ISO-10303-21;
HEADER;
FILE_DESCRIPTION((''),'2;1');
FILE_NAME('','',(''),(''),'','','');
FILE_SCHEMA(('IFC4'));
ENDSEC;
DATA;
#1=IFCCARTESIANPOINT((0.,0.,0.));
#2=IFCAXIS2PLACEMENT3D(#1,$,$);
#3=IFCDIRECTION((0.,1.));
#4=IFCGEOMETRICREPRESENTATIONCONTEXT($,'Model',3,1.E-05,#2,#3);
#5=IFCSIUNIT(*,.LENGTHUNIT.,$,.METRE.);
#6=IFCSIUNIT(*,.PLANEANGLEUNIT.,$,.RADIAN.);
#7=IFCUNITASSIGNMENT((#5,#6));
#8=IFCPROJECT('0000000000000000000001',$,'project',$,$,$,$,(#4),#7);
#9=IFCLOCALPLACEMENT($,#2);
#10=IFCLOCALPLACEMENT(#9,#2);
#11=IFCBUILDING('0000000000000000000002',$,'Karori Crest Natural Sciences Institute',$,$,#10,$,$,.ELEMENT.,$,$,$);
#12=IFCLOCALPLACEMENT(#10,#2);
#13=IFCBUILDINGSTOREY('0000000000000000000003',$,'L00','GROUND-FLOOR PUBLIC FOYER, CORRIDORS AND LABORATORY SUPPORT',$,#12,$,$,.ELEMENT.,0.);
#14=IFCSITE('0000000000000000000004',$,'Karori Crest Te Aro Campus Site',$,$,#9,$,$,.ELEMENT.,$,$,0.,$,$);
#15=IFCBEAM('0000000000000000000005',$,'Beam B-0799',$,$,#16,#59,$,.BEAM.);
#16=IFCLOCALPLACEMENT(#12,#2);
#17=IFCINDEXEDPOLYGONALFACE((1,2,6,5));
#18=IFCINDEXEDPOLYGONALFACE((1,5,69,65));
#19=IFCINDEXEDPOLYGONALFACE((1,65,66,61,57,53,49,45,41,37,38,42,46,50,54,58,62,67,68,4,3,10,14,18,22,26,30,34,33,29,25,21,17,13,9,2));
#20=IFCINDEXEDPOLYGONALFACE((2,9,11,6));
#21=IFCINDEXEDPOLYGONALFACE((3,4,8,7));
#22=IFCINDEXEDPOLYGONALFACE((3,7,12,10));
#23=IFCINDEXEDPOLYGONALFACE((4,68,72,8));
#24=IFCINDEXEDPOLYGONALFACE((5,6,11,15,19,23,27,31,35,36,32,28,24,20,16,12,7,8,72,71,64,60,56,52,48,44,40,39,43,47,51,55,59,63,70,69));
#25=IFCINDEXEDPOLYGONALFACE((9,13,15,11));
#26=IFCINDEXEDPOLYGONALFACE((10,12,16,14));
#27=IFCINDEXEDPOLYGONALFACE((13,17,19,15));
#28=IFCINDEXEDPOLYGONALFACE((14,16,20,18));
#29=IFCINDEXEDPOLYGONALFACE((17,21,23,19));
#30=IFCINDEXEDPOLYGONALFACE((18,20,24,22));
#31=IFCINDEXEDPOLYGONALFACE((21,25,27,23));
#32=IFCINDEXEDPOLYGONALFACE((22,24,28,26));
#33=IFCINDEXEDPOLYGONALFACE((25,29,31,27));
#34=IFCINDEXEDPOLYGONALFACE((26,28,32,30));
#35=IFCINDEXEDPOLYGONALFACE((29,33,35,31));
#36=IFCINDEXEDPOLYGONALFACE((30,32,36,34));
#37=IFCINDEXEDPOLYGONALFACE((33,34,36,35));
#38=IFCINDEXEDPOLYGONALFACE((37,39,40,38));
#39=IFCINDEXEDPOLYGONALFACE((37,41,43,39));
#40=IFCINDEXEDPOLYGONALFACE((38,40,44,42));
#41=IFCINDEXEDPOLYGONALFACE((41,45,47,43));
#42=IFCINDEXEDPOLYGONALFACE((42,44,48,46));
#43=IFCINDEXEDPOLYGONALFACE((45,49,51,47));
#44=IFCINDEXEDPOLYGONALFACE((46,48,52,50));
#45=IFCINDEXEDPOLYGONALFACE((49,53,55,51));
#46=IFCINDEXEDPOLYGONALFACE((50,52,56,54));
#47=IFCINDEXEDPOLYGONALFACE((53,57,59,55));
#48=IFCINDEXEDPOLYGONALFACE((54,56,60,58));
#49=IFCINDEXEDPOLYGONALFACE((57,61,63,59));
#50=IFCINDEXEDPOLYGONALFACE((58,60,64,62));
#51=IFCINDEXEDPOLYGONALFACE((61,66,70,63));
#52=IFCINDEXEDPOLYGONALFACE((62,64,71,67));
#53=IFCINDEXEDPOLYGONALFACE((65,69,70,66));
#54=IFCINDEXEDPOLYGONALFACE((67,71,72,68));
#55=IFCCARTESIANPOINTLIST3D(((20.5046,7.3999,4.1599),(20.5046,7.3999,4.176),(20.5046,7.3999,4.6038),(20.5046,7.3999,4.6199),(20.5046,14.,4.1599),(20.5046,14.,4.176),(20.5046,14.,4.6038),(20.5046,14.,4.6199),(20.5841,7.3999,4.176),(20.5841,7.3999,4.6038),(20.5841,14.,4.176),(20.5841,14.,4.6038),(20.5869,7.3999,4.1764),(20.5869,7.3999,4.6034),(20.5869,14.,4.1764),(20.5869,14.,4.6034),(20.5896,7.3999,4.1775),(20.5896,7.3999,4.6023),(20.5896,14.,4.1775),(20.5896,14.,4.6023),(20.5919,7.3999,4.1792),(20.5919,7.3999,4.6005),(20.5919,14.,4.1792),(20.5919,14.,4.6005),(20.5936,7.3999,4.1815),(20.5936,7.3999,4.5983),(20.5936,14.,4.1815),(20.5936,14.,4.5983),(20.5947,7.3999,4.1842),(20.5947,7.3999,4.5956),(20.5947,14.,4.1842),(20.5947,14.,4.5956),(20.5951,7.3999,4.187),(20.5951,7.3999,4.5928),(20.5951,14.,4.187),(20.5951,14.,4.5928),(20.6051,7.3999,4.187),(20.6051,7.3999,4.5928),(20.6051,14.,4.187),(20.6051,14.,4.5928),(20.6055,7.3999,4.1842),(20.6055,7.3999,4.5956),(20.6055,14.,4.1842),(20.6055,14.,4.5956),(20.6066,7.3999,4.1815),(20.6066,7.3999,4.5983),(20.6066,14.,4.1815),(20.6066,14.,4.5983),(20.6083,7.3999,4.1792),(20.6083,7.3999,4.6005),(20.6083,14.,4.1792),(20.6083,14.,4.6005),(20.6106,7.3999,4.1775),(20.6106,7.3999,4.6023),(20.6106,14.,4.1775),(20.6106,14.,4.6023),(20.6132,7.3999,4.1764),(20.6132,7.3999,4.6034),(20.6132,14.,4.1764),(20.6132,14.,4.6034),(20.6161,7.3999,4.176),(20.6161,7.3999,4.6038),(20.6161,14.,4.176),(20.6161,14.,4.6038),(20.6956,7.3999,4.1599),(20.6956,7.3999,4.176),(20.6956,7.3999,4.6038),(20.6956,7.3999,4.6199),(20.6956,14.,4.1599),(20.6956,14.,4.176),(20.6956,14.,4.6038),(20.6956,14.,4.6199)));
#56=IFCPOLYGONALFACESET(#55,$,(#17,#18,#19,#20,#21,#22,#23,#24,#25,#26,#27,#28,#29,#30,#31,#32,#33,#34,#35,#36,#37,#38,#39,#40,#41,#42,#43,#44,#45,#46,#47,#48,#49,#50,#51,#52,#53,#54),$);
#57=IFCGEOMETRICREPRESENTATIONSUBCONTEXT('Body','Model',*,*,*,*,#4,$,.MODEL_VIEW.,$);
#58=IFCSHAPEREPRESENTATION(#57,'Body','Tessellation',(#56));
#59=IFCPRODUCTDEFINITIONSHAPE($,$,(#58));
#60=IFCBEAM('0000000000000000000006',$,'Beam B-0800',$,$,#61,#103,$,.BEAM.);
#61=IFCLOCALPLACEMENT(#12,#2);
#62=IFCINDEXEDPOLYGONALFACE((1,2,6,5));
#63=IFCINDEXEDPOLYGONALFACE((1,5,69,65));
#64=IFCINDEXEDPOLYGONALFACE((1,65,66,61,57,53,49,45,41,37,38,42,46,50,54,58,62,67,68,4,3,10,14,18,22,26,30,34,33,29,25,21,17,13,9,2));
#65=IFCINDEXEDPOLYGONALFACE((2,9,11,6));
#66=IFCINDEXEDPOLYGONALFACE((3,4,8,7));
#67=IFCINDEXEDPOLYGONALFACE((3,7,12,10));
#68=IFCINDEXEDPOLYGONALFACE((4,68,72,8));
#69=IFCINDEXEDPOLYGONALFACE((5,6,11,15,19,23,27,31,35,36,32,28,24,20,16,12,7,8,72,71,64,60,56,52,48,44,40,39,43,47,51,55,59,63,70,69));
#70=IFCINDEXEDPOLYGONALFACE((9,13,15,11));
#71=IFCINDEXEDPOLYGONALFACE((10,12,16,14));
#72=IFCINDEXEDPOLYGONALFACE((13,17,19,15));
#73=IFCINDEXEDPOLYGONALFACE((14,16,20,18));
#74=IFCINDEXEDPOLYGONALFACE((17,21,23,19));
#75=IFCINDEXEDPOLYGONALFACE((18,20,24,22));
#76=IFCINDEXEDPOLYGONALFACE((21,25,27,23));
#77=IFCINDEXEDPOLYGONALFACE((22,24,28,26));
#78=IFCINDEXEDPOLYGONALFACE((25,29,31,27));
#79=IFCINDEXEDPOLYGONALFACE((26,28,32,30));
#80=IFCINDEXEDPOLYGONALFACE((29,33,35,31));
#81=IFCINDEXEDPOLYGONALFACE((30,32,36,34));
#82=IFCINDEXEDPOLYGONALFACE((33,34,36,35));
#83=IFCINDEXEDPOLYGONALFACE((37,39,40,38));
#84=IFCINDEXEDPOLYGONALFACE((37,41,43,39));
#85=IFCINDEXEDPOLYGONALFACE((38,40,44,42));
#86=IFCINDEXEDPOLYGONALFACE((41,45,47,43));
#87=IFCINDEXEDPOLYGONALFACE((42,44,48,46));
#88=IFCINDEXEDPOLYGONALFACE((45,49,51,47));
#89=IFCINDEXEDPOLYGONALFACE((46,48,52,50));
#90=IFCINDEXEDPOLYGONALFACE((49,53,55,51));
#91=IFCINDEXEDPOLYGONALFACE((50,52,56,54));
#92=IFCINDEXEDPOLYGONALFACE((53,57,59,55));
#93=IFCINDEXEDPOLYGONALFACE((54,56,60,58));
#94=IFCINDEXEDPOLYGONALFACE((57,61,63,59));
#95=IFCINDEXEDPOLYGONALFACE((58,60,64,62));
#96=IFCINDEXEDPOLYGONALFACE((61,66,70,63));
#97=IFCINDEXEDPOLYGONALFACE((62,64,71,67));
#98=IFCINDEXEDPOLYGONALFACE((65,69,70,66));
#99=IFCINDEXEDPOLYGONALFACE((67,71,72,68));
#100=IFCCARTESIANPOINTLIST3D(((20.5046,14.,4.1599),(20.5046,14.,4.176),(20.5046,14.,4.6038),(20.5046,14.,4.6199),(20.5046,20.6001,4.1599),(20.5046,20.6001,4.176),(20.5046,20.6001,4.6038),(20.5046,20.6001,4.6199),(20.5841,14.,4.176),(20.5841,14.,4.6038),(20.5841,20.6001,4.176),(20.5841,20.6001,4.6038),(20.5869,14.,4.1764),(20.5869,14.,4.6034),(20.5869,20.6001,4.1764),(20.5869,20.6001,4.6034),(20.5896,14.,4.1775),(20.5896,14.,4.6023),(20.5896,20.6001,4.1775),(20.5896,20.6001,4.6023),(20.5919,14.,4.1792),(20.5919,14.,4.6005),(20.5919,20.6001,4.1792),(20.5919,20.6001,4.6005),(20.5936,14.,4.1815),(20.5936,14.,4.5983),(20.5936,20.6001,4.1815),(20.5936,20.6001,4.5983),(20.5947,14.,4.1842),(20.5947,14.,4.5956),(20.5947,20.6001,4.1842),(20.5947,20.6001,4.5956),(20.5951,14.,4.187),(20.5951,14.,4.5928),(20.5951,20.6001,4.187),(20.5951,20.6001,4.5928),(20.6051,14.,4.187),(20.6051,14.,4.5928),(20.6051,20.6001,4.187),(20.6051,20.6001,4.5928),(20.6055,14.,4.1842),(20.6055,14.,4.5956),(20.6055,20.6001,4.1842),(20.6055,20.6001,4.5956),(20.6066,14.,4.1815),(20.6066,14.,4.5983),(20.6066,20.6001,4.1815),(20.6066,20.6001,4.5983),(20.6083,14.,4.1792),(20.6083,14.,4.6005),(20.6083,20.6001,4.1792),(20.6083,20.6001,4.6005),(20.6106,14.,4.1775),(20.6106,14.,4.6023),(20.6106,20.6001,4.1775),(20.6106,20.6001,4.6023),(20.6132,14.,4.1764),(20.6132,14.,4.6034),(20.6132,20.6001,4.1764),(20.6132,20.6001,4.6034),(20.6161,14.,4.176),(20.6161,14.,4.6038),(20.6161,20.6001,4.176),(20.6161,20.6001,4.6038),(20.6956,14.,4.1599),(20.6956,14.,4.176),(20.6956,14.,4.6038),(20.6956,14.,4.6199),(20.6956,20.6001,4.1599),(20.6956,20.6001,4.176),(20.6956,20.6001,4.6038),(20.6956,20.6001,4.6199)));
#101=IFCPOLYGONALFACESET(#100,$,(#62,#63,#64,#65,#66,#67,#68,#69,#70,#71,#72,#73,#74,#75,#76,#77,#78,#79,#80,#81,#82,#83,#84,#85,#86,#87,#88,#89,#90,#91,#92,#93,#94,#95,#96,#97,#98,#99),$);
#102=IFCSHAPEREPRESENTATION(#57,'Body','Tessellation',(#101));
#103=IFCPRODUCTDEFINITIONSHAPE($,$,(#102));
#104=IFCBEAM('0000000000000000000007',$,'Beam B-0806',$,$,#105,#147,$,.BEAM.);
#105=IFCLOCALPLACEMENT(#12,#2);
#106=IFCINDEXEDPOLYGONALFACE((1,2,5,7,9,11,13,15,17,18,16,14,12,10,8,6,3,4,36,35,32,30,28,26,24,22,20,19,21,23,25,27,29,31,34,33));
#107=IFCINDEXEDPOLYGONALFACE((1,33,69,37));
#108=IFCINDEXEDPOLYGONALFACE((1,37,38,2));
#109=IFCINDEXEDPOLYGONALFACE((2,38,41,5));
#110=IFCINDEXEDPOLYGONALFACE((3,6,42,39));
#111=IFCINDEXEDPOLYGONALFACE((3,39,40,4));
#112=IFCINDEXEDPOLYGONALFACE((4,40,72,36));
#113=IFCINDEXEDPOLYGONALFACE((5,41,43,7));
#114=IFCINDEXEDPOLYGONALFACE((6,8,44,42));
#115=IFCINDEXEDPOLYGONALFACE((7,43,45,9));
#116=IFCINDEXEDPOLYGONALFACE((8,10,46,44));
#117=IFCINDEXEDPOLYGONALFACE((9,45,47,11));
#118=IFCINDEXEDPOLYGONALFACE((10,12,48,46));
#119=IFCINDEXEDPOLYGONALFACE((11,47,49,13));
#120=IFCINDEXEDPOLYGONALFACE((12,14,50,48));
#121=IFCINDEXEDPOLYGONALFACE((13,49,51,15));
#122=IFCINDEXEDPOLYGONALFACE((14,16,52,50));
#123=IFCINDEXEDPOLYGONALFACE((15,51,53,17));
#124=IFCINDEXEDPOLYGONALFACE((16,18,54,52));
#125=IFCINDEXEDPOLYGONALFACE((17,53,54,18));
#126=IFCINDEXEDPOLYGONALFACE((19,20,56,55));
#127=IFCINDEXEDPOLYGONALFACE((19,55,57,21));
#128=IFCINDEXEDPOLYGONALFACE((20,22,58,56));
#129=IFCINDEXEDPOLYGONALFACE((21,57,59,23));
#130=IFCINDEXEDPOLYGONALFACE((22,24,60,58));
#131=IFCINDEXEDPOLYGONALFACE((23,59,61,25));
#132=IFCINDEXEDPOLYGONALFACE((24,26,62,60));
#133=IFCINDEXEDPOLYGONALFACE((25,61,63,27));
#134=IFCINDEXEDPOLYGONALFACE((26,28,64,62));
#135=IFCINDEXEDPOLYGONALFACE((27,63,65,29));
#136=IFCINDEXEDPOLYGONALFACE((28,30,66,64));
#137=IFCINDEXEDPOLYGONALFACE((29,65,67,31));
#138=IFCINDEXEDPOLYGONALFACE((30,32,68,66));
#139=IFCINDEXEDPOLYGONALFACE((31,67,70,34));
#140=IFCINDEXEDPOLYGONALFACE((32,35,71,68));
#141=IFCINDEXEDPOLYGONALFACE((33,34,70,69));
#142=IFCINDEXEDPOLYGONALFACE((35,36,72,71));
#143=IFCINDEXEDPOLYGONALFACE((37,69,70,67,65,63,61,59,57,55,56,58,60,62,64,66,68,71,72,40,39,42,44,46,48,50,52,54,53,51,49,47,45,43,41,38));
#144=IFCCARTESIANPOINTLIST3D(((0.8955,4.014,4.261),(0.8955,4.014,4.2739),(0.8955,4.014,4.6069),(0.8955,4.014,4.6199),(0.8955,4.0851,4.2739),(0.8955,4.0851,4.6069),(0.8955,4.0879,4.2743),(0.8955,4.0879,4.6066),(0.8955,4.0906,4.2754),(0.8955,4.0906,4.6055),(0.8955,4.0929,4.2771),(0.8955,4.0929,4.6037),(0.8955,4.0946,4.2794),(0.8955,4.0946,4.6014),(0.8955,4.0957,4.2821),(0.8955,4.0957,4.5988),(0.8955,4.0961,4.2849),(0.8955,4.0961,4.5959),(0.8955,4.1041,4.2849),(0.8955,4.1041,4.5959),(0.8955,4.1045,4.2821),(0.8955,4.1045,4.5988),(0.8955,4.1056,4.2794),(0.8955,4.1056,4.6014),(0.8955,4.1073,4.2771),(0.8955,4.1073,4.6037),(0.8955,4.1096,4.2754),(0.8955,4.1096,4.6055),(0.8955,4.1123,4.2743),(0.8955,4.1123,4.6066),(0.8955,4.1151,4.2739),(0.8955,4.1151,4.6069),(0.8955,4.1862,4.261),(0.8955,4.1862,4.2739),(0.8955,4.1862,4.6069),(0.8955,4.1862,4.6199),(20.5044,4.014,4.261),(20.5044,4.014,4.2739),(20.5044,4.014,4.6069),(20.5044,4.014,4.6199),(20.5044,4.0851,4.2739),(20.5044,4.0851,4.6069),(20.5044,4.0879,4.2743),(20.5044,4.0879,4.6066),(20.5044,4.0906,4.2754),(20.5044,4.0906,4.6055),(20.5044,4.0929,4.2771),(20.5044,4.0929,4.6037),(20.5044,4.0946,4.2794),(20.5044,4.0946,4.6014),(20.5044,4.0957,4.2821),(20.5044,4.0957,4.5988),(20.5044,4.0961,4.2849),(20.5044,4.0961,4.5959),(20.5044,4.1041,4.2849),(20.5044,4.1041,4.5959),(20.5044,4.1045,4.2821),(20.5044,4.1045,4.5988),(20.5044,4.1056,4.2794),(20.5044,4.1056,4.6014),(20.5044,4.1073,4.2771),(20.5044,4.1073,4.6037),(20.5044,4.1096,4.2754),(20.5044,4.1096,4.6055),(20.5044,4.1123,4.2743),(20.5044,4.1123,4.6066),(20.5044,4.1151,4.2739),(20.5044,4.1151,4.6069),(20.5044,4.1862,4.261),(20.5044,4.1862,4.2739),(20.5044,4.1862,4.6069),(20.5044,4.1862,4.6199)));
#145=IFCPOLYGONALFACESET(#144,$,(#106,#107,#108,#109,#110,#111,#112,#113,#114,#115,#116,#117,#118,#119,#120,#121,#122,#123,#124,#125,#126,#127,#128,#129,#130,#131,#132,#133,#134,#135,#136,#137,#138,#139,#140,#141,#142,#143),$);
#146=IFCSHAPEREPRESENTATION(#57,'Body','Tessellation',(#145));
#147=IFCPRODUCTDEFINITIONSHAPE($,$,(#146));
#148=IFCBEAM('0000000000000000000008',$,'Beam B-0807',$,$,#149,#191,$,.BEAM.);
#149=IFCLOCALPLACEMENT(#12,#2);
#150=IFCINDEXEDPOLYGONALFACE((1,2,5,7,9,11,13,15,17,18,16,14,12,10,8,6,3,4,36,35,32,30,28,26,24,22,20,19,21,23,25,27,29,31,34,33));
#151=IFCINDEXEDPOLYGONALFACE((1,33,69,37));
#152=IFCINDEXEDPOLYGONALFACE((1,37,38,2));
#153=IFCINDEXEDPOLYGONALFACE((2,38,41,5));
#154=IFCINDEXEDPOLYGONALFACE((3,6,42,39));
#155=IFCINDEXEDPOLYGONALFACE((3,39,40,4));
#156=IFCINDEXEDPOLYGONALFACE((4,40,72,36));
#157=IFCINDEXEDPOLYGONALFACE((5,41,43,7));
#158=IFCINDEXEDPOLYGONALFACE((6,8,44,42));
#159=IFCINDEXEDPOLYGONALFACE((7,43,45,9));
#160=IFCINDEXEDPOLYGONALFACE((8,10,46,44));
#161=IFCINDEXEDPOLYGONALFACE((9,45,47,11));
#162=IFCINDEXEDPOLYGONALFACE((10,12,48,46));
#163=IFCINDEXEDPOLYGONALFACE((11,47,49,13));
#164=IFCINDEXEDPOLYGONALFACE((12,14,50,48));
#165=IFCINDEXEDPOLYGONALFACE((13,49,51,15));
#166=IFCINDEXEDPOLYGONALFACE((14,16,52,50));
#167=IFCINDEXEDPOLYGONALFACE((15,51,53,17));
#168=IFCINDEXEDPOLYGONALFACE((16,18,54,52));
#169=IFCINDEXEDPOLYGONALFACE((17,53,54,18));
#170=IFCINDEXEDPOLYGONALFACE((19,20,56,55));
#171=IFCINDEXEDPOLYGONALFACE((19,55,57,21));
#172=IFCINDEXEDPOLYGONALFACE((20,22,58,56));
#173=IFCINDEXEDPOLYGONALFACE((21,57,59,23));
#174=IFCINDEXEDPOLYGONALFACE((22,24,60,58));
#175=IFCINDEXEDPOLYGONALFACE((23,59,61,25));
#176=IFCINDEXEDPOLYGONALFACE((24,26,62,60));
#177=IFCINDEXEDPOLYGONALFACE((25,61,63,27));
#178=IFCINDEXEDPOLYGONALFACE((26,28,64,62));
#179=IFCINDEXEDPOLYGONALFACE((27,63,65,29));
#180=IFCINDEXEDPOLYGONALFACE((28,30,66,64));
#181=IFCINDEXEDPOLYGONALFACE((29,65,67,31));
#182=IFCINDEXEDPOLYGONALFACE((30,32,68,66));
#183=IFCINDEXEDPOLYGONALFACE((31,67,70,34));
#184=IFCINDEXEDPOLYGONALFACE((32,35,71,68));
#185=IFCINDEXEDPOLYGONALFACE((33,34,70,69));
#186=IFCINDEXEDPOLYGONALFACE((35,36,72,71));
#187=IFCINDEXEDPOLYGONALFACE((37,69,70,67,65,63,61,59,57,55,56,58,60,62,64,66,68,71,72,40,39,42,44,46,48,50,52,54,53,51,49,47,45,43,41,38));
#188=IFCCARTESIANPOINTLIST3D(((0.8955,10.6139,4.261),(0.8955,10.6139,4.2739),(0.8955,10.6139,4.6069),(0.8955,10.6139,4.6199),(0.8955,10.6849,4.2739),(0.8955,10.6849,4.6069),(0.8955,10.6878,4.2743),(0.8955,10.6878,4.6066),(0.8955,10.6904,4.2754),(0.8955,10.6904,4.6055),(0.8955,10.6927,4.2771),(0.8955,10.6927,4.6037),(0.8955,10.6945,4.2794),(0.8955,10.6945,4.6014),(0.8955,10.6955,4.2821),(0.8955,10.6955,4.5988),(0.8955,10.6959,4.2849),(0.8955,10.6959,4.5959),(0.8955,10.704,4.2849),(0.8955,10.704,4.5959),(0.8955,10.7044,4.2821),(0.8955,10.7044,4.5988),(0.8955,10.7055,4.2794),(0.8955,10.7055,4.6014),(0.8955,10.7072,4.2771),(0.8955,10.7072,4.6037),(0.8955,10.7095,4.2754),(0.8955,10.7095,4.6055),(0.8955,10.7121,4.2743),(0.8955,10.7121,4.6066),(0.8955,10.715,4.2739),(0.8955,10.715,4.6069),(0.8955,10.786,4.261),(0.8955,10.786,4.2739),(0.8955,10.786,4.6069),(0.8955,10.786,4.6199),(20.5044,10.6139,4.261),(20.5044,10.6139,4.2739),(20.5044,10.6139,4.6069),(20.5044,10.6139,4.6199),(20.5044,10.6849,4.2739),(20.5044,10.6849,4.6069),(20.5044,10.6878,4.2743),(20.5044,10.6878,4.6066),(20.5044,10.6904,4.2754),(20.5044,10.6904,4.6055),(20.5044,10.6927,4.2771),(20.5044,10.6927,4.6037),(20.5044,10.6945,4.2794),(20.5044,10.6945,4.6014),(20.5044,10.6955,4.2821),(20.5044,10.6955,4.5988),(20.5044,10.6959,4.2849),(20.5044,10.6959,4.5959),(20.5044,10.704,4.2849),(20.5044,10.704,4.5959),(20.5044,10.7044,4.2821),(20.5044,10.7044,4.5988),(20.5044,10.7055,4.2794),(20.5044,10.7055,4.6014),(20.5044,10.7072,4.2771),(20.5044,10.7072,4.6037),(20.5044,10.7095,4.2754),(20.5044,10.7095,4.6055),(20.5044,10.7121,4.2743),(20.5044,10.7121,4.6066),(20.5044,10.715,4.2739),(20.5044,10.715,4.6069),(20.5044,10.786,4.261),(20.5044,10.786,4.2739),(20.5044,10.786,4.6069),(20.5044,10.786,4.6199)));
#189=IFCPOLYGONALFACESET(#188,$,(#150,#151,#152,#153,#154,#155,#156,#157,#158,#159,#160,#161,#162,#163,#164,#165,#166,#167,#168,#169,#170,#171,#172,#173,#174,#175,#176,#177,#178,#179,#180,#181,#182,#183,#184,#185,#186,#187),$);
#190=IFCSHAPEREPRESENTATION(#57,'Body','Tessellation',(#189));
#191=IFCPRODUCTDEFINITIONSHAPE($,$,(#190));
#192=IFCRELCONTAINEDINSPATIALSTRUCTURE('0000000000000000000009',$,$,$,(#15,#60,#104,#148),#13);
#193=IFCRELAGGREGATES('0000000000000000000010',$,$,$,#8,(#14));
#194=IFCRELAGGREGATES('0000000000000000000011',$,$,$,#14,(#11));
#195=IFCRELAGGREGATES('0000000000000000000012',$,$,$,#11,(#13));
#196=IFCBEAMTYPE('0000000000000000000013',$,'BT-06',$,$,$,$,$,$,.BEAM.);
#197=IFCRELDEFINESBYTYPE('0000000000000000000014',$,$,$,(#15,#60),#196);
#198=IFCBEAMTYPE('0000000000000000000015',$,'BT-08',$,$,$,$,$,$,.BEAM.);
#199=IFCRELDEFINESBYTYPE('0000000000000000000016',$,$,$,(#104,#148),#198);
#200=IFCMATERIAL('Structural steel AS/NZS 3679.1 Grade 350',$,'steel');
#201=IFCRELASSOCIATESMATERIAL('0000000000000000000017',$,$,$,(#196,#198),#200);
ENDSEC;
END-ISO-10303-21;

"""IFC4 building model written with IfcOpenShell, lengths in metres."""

from ifc_helpers import new_model, si_unit, direction, frame, origin, origin_2d, place, context, subcontext, project, spatial, i_section, extrude, material, material_profile, profile_set, type_object, element, save


model = new_model("IFC4")

# Units and contexts
model_context = context("Model", 3, precision=1e-05, world=origin(), true_north=direction((0.0, 1.0)))
body_context = subcontext(model_context, "Body", "Model", "MODEL_VIEW")
ifc_project = project(units=[si_unit("LENGTHUNIT", "METRE"), si_unit("PLANEANGLEUNIT", "RADIAN")], contexts=[model_context])

# Site, building, storey
site_placement = place(None, origin())
site = spatial("IfcSite", under=ifc_project, at=site_placement, Name="Karori Crest Te Aro Campus Site", CompositionType="ELEMENT", RefElevation=0.0)
building_placement = place(site_placement, origin())
building = spatial("IfcBuilding", under=site, at=building_placement, Name="Karori Crest Natural Sciences Institute", CompositionType="ELEMENT")
storey_placement = place(building_placement, origin())
storey = spatial("IfcBuildingStorey", under=building, at=storey_placement, Name="L00", Description="GROUND-FLOOR PUBLIC FOYER, CORRIDORS AND LABORATORY SUPPORT", CompositionType="ELEMENT", Elevation=0.0)

# Shared definitions
ifc_material_1 = material(Name="Structural steel AS/NZS 3679.1 Grade 350", Category="steel")

# Beams
ifc_material_profile_1 = material_profile(ifc_material_1, i_section(OverallWidth=0.1909, OverallDepth=0.46, WebThickness=0.01, FlangeThickness=0.0161, FilletRadius=0.011, at=origin_2d()), Name="460UB82.1")
ifc_profile_set_1 = profile_set([ifc_material_profile_1], Name="Structural steel AS/NZS 3679.1 Grade 350")
beam_type_1 = type_object("IfcBeamType", Name="BT-06", PredefinedType="BEAM", material=ifc_profile_set_1)
for number, where, z_axis, x_axis, name in (
    (1, (20.6001, 7.3999, 4.3899), (0.0, 1.0, 0.0), (-1.0, 0.0, 0.0), "Beam B-0799"),
    (2, (20.6001, 14.0, 4.3899), (0.0, 1.0, 0.0), (-1.0, 0.0, 0.0), "Beam B-0800"),
):
    element("IfcBeam", number, at=place(storey_placement, frame(where, z_axis=z_axis, x_axis=x_axis)), inside=storey, type_object=beam_type_1, Name=name, PredefinedType="BEAM", context=body_context, shape_type="SweptSolid", body=[
        extrude(i_section(OverallWidth=0.1909, OverallDepth=0.46, WebThickness=0.01, FlangeThickness=0.0161, FilletRadius=0.011, at=origin_2d()), origin(), (0.0, 0.0, 1.0), 6.6001),
    ])
ifc_material_profile_2 = material_profile(ifc_material_1, i_section(OverallWidth=0.1721, OverallDepth=0.3589, WebThickness=0.0081, FlangeThickness=0.0129, FilletRadius=0.011, at=origin_2d()), Name="360UB56.7")
ifc_profile_set_2 = profile_set([ifc_material_profile_2], Name="Structural steel AS/NZS 3679.1 Grade 350")
beam_type_2 = type_object("IfcBeamType", Name="BT-08", PredefinedType="BEAM", material=ifc_profile_set_2)
for number, where, z_axis, x_axis, name in (
    (3, (0.8955, 4.1001, 4.4404), (1.0, 0.0, 0.0), (0.0, 1.0, 0.0), "Beam B-0806"),
    (4, (0.8955, 10.7, 4.4404), (1.0, 0.0, 0.0), (0.0, 1.0, 0.0), "Beam B-0807"),
):
    element("IfcBeam", number, at=place(storey_placement, frame(where, z_axis=z_axis, x_axis=x_axis)), inside=storey, type_object=beam_type_2, Name=name, PredefinedType="BEAM", context=body_context, shape_type="SweptSolid", body=[
        extrude(i_section(OverallWidth=0.1721, OverallDepth=0.3589, WebThickness=0.0081, FlangeThickness=0.0129, FilletRadius=0.011, at=origin_2d()), origin(), (0.0, 0.0, 1.0), 19.6089),
    ])

save(model, "model.ifc")
